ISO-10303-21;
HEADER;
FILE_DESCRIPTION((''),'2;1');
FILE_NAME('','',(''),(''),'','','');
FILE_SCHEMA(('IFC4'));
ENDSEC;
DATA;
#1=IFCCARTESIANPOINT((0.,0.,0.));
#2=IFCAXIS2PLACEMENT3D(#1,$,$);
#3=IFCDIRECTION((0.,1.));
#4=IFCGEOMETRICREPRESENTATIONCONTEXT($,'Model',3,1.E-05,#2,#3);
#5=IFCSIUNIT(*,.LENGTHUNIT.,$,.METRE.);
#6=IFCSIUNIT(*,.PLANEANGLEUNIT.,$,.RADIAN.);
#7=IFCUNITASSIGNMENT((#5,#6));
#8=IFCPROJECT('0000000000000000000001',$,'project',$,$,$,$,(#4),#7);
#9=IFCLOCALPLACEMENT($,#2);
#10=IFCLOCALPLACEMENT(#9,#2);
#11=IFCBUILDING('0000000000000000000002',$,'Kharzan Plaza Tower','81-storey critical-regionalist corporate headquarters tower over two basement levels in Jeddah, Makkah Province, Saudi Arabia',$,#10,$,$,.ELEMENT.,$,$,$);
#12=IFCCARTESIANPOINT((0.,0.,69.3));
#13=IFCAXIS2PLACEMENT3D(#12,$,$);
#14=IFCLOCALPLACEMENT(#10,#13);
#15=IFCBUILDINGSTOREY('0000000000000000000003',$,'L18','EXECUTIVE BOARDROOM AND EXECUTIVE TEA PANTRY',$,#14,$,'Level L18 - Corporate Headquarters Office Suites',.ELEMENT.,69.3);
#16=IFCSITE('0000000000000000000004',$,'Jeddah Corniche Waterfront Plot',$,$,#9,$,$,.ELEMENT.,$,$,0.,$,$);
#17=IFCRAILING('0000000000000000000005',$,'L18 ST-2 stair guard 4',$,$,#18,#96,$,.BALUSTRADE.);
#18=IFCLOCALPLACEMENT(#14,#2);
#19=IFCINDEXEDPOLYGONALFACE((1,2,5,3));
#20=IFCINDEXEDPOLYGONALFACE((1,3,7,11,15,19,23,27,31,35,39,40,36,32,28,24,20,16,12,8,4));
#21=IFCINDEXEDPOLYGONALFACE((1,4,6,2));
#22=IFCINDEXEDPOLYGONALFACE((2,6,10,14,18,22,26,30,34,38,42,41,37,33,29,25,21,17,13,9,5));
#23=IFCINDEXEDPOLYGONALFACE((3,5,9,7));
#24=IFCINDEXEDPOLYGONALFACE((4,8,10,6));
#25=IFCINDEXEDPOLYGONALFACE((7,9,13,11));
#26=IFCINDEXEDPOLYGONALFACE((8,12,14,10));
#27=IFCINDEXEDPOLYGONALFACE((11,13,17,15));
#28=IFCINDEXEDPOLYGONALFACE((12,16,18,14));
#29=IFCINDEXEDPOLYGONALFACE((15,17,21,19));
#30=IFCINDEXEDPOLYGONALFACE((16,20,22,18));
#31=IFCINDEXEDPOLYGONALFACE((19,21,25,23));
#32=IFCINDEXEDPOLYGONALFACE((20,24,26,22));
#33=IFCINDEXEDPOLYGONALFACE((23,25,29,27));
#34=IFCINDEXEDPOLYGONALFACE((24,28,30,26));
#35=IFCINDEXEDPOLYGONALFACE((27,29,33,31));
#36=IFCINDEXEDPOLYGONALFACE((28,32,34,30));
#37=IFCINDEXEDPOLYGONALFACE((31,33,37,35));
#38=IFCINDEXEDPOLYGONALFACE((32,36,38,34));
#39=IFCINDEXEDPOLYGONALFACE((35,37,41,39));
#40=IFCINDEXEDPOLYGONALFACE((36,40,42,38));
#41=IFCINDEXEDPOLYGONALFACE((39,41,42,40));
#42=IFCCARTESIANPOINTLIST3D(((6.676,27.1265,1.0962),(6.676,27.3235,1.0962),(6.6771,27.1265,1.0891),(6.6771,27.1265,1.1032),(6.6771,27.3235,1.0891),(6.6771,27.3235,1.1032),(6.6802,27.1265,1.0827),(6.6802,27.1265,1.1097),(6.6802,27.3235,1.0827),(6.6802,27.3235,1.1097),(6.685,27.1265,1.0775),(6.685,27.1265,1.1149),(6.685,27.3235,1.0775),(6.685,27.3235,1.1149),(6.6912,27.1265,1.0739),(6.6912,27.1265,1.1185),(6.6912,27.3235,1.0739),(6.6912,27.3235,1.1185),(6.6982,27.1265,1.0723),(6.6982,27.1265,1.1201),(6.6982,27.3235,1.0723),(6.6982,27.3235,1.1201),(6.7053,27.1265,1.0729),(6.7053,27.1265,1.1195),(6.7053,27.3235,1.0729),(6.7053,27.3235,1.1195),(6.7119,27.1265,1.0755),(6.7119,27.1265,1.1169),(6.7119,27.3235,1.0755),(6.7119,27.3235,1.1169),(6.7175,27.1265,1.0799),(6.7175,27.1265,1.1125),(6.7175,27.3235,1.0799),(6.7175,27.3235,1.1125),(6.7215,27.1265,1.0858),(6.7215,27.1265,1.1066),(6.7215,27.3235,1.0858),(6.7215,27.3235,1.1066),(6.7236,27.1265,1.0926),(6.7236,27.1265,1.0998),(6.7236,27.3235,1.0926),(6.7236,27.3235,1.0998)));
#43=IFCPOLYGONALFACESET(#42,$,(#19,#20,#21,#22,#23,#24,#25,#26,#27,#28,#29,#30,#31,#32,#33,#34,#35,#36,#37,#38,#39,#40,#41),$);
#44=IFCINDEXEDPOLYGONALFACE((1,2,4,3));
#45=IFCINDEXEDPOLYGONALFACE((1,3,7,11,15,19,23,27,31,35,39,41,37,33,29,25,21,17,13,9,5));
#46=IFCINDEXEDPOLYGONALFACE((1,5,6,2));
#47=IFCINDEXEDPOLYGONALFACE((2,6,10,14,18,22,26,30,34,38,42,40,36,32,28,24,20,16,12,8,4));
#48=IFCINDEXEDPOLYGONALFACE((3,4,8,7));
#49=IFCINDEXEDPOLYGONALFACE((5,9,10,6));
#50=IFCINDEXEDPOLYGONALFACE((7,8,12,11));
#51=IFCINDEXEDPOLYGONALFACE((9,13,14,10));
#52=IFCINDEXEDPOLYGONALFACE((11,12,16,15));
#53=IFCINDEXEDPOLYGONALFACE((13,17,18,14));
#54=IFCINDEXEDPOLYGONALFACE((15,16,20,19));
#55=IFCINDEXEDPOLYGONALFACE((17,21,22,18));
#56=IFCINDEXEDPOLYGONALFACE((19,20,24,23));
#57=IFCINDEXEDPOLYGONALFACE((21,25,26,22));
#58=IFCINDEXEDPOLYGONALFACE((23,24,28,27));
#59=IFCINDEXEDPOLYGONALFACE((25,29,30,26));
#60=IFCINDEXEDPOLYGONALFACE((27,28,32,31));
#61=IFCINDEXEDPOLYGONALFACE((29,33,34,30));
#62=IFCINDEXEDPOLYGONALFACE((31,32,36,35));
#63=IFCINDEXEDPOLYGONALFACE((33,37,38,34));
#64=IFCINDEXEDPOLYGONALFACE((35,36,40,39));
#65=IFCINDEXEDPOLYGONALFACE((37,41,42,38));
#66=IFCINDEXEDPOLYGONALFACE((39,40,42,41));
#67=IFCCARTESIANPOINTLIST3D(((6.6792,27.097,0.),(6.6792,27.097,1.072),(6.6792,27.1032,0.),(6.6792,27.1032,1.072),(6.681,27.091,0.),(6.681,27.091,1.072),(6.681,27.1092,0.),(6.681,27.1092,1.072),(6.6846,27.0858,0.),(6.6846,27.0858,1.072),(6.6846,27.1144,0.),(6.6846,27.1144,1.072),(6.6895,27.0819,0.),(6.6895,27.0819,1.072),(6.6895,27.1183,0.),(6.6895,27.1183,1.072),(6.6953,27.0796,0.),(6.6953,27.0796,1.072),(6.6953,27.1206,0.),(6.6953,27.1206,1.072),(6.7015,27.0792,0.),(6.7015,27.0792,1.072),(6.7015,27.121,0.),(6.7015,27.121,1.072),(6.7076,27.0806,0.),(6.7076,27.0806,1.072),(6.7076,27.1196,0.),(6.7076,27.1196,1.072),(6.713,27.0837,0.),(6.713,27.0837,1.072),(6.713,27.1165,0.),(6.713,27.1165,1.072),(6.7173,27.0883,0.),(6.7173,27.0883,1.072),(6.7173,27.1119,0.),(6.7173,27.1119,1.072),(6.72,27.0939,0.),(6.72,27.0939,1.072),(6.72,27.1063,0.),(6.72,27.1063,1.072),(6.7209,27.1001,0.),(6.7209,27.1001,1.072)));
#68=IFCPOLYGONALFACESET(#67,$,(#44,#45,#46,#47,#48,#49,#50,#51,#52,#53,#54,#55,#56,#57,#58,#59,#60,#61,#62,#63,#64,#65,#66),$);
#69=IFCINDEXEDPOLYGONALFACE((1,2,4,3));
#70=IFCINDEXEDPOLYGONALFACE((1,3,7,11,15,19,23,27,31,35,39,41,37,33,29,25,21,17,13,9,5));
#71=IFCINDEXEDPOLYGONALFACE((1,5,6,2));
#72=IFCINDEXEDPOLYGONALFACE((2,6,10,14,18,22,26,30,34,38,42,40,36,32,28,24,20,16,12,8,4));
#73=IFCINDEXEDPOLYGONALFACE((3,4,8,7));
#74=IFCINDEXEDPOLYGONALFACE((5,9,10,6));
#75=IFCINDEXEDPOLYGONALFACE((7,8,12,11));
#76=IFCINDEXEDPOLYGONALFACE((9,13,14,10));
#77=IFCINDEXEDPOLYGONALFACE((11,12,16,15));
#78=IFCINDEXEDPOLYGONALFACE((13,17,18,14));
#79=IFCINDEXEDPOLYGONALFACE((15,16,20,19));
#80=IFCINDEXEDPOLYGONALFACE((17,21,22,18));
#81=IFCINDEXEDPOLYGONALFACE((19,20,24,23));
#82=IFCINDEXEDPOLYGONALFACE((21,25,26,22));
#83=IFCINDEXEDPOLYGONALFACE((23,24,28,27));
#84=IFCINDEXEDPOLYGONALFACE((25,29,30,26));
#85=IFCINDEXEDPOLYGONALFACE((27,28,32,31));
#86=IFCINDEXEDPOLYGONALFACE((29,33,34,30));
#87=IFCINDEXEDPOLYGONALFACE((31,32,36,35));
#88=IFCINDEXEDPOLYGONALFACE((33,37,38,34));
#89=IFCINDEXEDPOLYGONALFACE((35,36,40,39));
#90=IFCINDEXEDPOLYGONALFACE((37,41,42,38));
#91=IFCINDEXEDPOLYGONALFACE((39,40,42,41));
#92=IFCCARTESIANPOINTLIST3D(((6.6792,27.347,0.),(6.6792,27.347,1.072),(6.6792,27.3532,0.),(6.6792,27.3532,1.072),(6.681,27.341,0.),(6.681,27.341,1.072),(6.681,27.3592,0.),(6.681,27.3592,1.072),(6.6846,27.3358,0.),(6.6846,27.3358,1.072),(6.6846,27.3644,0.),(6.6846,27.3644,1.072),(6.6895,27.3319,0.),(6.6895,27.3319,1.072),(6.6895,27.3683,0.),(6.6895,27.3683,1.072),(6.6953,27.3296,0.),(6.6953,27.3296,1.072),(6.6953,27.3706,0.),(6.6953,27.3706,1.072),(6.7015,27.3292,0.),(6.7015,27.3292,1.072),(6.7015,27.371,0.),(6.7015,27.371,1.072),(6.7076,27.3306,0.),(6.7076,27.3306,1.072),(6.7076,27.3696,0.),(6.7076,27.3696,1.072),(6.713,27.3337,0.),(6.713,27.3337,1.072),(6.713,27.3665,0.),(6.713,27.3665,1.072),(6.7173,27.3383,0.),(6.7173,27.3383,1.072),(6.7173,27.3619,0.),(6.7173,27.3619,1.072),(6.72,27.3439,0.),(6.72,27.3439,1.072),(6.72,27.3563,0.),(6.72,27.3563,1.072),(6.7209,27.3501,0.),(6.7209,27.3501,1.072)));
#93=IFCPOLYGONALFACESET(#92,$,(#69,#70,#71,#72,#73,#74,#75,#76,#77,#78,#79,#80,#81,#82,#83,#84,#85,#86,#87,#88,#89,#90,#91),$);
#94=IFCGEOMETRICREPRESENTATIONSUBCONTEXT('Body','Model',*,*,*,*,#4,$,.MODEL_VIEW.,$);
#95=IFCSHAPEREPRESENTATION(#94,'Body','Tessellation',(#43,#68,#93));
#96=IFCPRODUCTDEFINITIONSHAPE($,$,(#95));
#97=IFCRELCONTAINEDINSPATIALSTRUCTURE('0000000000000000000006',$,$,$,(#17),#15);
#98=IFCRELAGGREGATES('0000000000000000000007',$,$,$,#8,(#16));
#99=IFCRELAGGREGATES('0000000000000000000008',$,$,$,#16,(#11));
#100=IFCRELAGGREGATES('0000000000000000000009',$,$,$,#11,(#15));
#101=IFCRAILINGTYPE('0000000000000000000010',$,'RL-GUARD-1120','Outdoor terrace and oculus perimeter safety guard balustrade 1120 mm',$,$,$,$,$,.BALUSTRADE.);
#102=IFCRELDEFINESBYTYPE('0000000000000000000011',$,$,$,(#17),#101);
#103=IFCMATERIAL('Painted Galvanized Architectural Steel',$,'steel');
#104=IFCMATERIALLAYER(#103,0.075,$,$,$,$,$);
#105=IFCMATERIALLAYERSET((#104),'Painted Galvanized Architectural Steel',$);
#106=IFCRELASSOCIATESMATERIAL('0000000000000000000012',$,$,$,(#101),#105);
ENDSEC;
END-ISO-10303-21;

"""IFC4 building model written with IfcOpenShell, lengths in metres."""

from ifc_helpers import new_model, si_unit, direction, frame, origin, origin_2d, place, context, subcontext, project, spatial, circle, extrude, source, transform, mapped, material, layer, layer_set, type_object, element, save


model = new_model("IFC4")

# Units and contexts
model_context = context("Model", 3, precision=1e-05, world=origin(), true_north=direction((0.0, 1.0)))
body_context = subcontext(model_context, "Body", "Model", "MODEL_VIEW")
ifc_project = project(units=[si_unit("LENGTHUNIT", "METRE"), si_unit("PLANEANGLEUNIT", "RADIAN")], contexts=[model_context])

# Site, building, storey
site_placement = place(None, origin())
site = spatial("IfcSite", under=ifc_project, at=site_placement, Name="Jeddah Corniche Waterfront Plot", CompositionType="ELEMENT", RefElevation=0.0)
building_placement = place(site_placement, origin())
building = spatial("IfcBuilding", under=site, at=building_placement, Name="Kharzan Plaza Tower", Description="81-storey critical-regionalist corporate headquarters tower over two basement levels in Jeddah, Makkah Province, Saudi Arabia", CompositionType="ELEMENT")
storey_placement = place(building_placement, frame((0.0, 0.0, 69.3)))
storey = spatial("IfcBuildingStorey", under=building, at=storey_placement, Name="L18", Description="EXECUTIVE BOARDROOM AND EXECUTIVE TEA PANTRY", LongName="Level L18 - Corporate Headquarters Office Suites", CompositionType="ELEMENT", Elevation=69.3)

# Railing
ifc_material_1 = material(Name="Painted Galvanized Architectural Steel", Category="steel")
ifc_layer_1 = layer(ifc_material_1, 0.075)
ifc_layer_set_1 = layer_set([ifc_layer_1], Name="Painted Galvanized Architectural Steel")
railing_type_1 = type_object("IfcRailingType", Name="RL-GUARD-1120", Description="Outdoor terrace and oculus perimeter safety guard balustrade 1120 mm", PredefinedType="BALUSTRADE", material=ifc_layer_set_1)
shared_shape_1 = source(origin(), body_context, "Body", "SweptSolid", [
    extrude(circle(Radius=0.0239, at=origin_2d()), frame((0.0, 0.0264, 1.0962), z_axis=(0.0, 1.0, 0.0), x_axis=(-1.0, 0.0, 0.0)), (0.0, 0.0, 1.0), 0.197),
    extrude(circle(Radius=0.021, at=origin_2d()), origin(), (0.0, 0.0, 1.0), 1.072),
    extrude(circle(Radius=0.021, at=origin_2d()), frame((0.0, 0.25, 0.0)), (0.0, 0.0, 1.0), 1.072),
])
for number, where, name in (
    (1, (6.7, 27.1001, 0.0), "L18 ST-2 stair guard 4"),
):
    element("IfcRailing", number, at=place(storey_placement, frame(where)), inside=storey, type_object=railing_type_1, Name=name, PredefinedType="BALUSTRADE", context=body_context, shape_type="MappedRepresentation", body=[
        mapped(shared_shape_1, transform((0.0, 0.0, 0.0), x_axis=(1.0, 0.0, 0.0), y_axis=(0.0, 1.0, 0.0), z_axis=(0.0, 0.0, 1.0))),
    ])

save(model, "model.ifc")
